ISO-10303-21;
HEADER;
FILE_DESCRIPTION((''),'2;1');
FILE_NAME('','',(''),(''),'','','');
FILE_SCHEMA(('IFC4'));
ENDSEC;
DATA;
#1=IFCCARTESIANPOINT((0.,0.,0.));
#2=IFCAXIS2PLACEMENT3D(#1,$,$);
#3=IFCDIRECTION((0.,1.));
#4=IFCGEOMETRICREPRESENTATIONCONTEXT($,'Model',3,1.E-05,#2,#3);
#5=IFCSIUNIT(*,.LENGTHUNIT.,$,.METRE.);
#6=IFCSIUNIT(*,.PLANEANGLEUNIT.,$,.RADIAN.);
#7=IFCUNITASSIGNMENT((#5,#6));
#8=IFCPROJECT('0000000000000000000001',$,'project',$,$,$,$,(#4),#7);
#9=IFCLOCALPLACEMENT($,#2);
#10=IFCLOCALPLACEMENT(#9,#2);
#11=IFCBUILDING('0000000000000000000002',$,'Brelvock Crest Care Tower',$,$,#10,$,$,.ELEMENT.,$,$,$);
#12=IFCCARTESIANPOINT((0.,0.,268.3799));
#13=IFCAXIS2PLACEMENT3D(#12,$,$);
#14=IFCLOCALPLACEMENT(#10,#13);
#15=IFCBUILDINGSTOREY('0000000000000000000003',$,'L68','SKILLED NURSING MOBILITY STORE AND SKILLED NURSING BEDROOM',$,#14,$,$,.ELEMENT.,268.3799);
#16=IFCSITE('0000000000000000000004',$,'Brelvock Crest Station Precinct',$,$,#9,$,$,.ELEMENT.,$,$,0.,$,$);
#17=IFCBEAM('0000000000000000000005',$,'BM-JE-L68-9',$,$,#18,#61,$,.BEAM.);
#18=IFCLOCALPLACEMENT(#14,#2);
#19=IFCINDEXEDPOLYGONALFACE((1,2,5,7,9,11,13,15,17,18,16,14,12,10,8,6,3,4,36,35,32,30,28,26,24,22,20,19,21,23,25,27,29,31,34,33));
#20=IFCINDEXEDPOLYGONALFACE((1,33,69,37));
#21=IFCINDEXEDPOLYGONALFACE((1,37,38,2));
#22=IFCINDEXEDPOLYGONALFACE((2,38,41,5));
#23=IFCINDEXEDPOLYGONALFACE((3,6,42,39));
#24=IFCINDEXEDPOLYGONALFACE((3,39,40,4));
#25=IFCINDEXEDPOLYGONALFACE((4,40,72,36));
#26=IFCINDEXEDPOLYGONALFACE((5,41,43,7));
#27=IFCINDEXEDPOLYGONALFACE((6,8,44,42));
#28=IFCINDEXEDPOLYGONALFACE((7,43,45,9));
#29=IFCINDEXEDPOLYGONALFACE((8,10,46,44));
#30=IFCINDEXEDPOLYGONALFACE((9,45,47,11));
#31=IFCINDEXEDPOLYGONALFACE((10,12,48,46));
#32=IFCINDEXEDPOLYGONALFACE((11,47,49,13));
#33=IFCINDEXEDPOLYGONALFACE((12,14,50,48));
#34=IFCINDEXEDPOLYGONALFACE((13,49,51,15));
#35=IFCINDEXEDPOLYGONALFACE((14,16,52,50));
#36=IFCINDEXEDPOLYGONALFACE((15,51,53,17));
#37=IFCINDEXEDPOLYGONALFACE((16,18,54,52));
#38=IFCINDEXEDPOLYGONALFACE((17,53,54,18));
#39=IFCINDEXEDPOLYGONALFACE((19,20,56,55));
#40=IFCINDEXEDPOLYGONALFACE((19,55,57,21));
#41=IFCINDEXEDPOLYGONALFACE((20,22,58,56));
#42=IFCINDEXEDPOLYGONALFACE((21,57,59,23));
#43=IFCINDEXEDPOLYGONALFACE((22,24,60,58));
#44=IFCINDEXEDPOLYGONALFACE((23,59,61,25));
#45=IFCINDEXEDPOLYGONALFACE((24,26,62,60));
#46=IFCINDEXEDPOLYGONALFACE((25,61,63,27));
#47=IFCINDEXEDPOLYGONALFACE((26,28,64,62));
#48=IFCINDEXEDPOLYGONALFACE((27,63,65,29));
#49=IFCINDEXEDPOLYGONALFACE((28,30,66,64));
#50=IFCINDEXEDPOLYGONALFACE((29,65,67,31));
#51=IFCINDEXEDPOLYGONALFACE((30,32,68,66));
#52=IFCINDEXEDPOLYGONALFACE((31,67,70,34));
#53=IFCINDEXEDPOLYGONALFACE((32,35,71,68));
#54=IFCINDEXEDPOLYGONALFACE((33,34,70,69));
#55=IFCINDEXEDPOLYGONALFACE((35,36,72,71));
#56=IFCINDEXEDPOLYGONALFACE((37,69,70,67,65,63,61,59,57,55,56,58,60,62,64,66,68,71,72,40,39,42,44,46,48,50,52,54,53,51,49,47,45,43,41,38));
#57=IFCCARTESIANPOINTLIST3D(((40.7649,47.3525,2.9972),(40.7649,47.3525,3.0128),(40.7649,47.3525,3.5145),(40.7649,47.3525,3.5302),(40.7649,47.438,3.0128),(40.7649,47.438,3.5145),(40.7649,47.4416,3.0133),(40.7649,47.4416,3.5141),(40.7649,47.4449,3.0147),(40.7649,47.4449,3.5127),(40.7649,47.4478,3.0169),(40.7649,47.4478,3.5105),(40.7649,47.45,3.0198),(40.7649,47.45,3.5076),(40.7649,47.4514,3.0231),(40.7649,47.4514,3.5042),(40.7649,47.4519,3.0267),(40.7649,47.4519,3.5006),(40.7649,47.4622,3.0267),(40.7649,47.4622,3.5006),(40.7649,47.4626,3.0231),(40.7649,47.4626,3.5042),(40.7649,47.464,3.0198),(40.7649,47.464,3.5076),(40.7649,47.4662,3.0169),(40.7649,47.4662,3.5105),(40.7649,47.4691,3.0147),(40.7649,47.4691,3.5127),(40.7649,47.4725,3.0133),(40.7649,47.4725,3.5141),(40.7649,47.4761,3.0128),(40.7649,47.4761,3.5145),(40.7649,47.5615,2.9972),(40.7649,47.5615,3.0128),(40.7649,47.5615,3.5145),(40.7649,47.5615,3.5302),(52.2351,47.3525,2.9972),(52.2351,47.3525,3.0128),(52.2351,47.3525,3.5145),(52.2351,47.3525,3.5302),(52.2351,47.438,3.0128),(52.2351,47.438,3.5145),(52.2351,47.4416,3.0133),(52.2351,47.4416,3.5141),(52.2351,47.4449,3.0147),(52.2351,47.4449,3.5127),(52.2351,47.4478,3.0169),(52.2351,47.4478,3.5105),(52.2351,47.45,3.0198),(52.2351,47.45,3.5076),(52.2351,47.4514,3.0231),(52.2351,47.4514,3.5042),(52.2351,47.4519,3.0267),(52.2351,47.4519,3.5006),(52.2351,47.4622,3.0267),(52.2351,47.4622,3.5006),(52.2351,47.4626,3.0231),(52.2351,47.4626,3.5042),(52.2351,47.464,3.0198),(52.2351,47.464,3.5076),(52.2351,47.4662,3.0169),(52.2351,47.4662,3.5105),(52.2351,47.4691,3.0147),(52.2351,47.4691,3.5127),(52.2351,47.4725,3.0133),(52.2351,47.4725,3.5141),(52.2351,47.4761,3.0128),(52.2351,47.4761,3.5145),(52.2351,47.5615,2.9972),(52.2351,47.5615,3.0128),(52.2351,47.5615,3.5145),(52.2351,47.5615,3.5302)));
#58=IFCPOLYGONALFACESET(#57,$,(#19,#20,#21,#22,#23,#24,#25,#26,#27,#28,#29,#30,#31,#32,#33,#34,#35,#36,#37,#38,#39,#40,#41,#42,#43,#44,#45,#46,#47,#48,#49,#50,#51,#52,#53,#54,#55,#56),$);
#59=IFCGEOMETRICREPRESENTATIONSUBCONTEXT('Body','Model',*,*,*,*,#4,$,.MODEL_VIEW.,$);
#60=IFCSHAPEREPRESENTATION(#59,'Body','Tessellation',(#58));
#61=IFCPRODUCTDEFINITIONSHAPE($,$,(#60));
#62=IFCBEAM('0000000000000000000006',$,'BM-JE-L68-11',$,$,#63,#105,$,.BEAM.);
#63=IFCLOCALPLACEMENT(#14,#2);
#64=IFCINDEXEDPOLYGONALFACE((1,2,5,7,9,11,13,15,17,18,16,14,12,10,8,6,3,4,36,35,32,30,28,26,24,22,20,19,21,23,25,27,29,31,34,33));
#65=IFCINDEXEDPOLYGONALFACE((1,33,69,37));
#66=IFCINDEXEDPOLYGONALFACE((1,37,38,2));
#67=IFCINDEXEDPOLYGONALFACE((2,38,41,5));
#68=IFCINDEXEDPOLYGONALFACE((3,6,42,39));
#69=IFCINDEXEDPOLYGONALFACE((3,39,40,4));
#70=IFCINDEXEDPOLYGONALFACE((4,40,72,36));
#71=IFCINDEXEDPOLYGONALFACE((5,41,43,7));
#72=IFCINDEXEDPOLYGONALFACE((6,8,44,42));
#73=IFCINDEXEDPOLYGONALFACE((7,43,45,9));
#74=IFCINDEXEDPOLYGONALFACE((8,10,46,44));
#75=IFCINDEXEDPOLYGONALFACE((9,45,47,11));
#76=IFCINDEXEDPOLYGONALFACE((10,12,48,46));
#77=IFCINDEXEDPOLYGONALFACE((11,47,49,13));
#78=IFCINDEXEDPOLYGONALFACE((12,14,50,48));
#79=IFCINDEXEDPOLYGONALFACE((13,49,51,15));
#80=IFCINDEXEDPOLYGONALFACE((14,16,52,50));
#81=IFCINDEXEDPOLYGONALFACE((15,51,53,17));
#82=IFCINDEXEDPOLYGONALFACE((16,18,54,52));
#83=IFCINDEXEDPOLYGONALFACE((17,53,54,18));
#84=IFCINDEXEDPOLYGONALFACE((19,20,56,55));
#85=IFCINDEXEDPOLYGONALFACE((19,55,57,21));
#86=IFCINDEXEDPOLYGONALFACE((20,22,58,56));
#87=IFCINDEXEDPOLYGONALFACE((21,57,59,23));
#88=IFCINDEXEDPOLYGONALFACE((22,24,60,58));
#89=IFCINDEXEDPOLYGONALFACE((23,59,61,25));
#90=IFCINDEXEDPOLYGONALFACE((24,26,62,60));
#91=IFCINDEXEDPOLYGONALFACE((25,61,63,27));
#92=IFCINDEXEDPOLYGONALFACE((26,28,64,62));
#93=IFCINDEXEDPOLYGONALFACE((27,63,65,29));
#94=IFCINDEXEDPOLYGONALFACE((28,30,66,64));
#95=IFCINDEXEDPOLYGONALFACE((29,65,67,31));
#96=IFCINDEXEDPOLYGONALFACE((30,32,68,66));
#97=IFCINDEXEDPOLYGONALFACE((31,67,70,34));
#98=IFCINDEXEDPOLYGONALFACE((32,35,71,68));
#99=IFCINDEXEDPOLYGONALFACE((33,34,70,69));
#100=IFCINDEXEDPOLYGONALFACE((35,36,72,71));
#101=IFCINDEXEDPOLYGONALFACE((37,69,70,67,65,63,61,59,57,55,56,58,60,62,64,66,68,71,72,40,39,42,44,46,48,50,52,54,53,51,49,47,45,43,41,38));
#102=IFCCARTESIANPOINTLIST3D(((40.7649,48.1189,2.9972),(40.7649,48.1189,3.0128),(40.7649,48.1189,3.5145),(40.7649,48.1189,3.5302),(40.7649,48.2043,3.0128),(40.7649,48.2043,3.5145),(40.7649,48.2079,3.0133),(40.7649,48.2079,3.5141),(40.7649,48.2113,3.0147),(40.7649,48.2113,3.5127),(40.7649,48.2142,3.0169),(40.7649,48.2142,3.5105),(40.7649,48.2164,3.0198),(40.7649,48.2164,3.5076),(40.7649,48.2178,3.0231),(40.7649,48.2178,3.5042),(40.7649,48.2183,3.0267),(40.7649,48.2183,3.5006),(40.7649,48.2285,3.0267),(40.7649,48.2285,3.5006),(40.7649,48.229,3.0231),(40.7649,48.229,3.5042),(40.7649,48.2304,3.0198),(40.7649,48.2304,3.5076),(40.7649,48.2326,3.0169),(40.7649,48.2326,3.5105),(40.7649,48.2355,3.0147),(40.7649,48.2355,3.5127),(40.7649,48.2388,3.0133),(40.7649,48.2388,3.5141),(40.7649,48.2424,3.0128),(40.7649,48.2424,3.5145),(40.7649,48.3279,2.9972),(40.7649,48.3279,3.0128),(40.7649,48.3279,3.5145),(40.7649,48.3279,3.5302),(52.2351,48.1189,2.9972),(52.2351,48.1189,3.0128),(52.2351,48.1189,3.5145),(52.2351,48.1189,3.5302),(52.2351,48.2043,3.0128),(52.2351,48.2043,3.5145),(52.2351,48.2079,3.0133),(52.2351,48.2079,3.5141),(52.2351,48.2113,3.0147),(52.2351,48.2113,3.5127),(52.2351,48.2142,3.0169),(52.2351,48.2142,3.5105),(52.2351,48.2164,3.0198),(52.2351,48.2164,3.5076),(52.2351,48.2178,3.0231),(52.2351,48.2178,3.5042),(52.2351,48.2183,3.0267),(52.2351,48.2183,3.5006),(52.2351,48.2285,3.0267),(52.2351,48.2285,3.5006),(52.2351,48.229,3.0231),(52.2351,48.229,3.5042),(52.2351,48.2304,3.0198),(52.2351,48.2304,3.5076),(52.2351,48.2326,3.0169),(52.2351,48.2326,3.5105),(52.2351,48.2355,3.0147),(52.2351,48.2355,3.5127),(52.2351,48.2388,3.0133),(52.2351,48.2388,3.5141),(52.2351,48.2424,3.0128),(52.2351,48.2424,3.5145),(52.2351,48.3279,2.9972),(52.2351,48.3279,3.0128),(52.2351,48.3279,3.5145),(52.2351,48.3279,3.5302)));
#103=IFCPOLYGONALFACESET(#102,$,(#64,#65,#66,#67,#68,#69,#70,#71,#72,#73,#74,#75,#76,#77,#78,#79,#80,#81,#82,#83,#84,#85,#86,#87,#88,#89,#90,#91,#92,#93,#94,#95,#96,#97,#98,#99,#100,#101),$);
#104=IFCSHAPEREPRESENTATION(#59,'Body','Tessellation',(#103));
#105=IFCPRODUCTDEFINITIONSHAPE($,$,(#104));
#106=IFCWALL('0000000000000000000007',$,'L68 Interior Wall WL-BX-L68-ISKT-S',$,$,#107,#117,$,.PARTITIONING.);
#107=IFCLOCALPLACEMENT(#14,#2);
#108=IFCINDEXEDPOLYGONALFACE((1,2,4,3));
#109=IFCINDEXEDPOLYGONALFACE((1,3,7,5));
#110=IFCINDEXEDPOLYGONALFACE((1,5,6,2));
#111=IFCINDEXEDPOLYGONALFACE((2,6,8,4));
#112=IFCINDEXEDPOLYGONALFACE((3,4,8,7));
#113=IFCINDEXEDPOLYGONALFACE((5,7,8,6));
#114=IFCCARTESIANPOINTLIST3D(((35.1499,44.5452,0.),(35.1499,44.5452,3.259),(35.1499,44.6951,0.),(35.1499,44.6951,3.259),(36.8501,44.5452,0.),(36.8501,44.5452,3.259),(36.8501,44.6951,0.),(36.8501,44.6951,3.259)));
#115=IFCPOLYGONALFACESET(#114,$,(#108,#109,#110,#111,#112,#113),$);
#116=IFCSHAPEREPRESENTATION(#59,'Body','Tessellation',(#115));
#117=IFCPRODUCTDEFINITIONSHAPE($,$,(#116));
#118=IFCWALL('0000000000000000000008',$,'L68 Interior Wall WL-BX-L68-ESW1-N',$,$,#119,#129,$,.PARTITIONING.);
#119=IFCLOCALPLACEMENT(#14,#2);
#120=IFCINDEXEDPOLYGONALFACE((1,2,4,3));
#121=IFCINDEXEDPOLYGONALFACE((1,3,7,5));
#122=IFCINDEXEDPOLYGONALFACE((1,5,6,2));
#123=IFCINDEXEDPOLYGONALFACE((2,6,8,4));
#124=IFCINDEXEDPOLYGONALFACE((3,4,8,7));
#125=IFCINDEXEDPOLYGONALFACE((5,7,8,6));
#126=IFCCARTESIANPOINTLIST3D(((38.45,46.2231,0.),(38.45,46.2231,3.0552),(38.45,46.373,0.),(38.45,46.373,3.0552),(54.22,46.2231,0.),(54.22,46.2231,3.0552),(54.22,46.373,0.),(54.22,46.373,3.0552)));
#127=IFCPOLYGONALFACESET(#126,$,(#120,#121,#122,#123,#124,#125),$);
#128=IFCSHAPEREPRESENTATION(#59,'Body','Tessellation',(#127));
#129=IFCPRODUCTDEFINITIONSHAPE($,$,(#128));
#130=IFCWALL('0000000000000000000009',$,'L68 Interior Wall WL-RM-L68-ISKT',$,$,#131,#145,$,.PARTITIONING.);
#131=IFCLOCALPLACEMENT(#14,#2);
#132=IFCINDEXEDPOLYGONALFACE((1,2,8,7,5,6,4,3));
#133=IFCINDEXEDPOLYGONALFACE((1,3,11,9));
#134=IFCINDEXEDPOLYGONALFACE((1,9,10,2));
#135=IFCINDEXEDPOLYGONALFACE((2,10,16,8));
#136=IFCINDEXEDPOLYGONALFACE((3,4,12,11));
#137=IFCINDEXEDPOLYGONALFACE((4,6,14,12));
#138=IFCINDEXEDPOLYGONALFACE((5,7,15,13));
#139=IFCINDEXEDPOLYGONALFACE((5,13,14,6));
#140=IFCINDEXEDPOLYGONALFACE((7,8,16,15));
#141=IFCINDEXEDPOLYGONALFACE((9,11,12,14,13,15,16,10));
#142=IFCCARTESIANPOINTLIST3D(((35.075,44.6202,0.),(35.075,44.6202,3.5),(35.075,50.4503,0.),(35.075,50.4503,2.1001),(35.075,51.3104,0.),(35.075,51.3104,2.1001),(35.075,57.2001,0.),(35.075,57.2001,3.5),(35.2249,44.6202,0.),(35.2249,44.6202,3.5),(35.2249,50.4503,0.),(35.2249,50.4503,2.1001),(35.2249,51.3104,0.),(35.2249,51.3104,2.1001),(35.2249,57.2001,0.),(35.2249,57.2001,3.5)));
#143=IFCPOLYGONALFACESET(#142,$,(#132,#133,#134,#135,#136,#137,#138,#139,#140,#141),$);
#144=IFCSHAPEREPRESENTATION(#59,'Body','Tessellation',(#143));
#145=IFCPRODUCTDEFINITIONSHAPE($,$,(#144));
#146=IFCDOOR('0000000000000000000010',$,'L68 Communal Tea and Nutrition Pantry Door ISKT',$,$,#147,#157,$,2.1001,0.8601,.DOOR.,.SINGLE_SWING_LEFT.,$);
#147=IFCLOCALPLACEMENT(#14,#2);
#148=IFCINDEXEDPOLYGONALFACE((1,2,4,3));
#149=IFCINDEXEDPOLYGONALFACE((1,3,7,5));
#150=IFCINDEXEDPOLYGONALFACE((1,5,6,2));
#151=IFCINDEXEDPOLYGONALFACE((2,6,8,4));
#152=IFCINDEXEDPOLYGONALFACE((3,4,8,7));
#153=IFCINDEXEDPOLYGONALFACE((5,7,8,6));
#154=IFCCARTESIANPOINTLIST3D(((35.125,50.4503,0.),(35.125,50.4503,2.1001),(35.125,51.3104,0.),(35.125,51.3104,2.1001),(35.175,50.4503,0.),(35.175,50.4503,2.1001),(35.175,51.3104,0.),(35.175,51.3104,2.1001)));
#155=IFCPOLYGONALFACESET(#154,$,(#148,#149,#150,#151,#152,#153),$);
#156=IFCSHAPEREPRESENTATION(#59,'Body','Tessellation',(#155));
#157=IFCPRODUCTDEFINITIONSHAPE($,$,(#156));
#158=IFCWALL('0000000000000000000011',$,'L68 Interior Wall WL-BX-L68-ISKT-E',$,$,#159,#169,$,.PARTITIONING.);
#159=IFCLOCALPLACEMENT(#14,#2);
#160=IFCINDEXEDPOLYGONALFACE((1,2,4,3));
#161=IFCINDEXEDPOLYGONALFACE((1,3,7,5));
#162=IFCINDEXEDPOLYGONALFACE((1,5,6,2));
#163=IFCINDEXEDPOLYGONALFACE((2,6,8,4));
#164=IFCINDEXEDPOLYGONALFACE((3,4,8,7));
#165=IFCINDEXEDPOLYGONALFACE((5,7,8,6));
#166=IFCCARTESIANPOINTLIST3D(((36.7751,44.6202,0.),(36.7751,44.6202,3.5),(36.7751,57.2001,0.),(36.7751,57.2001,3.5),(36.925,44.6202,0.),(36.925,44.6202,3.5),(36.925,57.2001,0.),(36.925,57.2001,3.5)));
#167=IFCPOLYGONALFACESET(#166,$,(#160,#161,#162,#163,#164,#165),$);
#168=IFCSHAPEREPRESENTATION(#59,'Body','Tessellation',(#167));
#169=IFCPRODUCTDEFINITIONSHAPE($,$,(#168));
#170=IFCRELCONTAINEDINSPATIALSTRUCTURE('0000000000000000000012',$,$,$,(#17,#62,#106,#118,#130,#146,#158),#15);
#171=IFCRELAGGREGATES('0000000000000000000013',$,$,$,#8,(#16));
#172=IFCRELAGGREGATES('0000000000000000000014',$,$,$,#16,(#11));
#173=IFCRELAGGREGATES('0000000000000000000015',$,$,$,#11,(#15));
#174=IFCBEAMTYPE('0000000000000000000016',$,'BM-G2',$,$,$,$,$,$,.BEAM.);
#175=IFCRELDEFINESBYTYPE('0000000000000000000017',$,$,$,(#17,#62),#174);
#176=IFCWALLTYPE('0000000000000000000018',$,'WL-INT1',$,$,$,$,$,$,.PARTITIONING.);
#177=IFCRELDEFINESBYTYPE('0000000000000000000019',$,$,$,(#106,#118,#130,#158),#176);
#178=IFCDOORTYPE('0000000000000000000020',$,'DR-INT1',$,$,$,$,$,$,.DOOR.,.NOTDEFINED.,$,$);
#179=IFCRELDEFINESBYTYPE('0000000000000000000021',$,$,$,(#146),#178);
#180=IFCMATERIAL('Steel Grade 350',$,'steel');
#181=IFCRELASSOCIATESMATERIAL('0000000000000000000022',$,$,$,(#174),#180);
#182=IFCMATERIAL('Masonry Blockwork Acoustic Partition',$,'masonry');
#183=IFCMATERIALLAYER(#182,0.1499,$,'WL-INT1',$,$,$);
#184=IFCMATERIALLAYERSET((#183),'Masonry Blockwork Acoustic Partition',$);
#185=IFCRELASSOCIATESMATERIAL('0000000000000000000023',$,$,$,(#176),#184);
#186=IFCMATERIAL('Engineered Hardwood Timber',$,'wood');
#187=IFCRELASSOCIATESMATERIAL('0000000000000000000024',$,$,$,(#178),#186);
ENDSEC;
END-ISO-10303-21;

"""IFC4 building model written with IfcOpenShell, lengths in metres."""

from ifc_helpers import new_model, si_unit, direction, frame, frame_2d, origin, origin_2d, place, context, subcontext, project, spatial, rectangle, i_section, extrude, source, transform, mapped, material, layer, layer_set, material_profile, profile_set, type_object, element, fill, save


model = new_model("IFC4")

# Units and contexts
model_context = context("Model", 3, precision=1e-05, world=origin(), true_north=direction((0.0, 1.0)))
body_context = subcontext(model_context, "Body", "Model", "MODEL_VIEW")
ifc_project = project(units=[si_unit("LENGTHUNIT", "METRE"), si_unit("PLANEANGLEUNIT", "RADIAN")], contexts=[model_context])

# Site, building, storey
site_placement = place(None, origin())
site = spatial("IfcSite", under=ifc_project, at=site_placement, Name="Brelvock Crest Station Precinct", CompositionType="ELEMENT", RefElevation=0.0)
building_placement = place(site_placement, origin())
building = spatial("IfcBuilding", under=site, at=building_placement, Name="Brelvock Crest Care Tower", CompositionType="ELEMENT")
storey_placement = place(building_placement, frame((0.0, 0.0, 268.3799)))
storey = spatial("IfcBuildingStorey", under=building, at=storey_placement, Name="L68", Description="SKILLED NURSING MOBILITY STORE AND SKILLED NURSING BEDROOM", CompositionType="ELEMENT", Elevation=268.3799)

# Beams
ifc_material_1 = material(Name="Steel Grade 350", Category="steel")
ifc_material_profile_1 = material_profile(ifc_material_1, i_section(OverallWidth=0.209, OverallDepth=0.533, WebThickness=0.0103, FlangeThickness=0.0156, FilletRadius=0.0139, at=origin_2d()), Name="530UB92.4")
ifc_profile_set_1 = profile_set([ifc_material_profile_1], Name="Steel Grade 350")
beam_type_1 = type_object("IfcBeamType", Name="BM-G2", PredefinedType="BEAM", material=ifc_profile_set_1)
shared_shape_1 = source(origin(), body_context, "Body", "SweptSolid", [
    extrude(i_section(OverallWidth=0.209, OverallDepth=0.533, WebThickness=0.0103, FlangeThickness=0.0156, FilletRadius=0.0139, at=origin_2d()), origin(), (0.0, 0.0, 1.0), 11.4702),
])
for number, where, z_axis, x_axis, name in (
    (1, (40.7649, 47.457, 3.2637), (1.0, 0.0, 0.0), (0.0, 1.0, 0.0), "BM-JE-L68-9"),
    (2, (40.7649, 48.2234, 3.2637), (1.0, 0.0, 0.0), (0.0, 1.0, 0.0), "BM-JE-L68-11"),
):
    element("IfcBeam", number, at=place(storey_placement, frame(where, z_axis=z_axis, x_axis=x_axis)), inside=storey, type_object=beam_type_1, Name=name, PredefinedType="BEAM", context=body_context, shape_type="MappedRepresentation", body=[
        mapped(shared_shape_1, transform((0.0, 0.0, 0.0), x_axis=(1.0, 0.0, 0.0), y_axis=(0.0, 1.0, 0.0), z_axis=(0.0, 0.0, 1.0), scale=1.0)),
    ])

# Walls
ifc_material_2 = material(Name="Masonry Blockwork Acoustic Partition", Category="masonry")
ifc_layer_1 = layer(ifc_material_2, 0.1499, Name="WL-INT1")
ifc_layer_set_1 = layer_set([ifc_layer_1], Name="Masonry Blockwork Acoustic Partition")
wall_type_1 = type_object("IfcWallType", Name="WL-INT1", PredefinedType="PARTITIONING", material=ifc_layer_set_1)
wall_1_placement = place(storey_placement, frame((35.1499, 44.6201, 0.0), z_axis=(0.0, 0.0, 1.0), x_axis=(1.0, 0.0, 0.0)))
element("IfcWall", 3, at=wall_1_placement, inside=storey, type_object=wall_type_1, Name="L68 Interior Wall WL-BX-L68-ISKT-S", PredefinedType="PARTITIONING", context=body_context, shape_type="SweptSolid", body=[
    extrude(rectangle(XDim=1.7002, YDim=0.1499, at=frame_2d((0.8501, 0.0))), origin(), (0.0, 0.0, 1.0), 3.259),
])
wall_2_placement = place(storey_placement, frame((38.45, 46.2981, 0.0), z_axis=(0.0, 0.0, 1.0), x_axis=(1.0, 0.0, 0.0)))
element("IfcWall", 4, at=wall_2_placement, inside=storey, type_object=wall_type_1, Name="L68 Interior Wall WL-BX-L68-ESW1-N", PredefinedType="PARTITIONING", context=body_context, shape_type="SweptSolid", body=[
    extrude(rectangle(XDim=15.77, YDim=0.1499, at=frame_2d((7.885, 0.0))), origin(), (0.0, 0.0, 1.0), 3.0552),
])

# Wall, opening, door
wall_3_placement = place(storey_placement, frame((35.1499, 44.6201, 0.0), z_axis=(0.0, 0.0, 1.0), x_axis=(0.0, 1.0, 0.0)))
wall_3 = element("IfcWall", 5, at=wall_3_placement, inside=storey, type_object=wall_type_1, Name="L68 Interior Wall WL-RM-L68-ISKT", PredefinedType="PARTITIONING", context=body_context, shape_type="SweptSolid", body=[
    extrude(rectangle(XDim=12.5798, YDim=0.1499, at=frame_2d((6.29, 0.0))), origin(), (0.0, 0.0, 1.0), 3.5),
])
opening_1_placement = place(wall_3_placement, frame((5.8301, 0.0, 0.0)))
opening_1 = element("IfcOpeningElement", 6, at=opening_1_placement, cuts=wall_3, PredefinedType="OPENING", context=body_context, shape_type="SweptSolid", body=[
    extrude(rectangle(XDim=0.8601, YDim=2.1001, at=origin_2d()), frame((0.4302, 0.085, 1.05), z_axis=(0.0, -1.0, 0.0), x_axis=(1.0, 0.0, 0.0)), (0.0, 0.0, 1.0), 0.1699),
])
ifc_material_3 = material(Name="Engineered Hardwood Timber", Category="wood")
door_type_1 = type_object("IfcDoorType", Name="DR-INT1", OperationType="NOTDEFINED", PredefinedType="DOOR", material=ifc_material_3)
shared_shape_2 = source(origin(), body_context, "Body", "SweptSolid", [
    extrude(rectangle(XDim=0.8601, YDim=2.1001, at=origin_2d()), frame((0.4302, 0.0249, 1.05), z_axis=(0.0, -1.0, 0.0), x_axis=(1.0, 0.0, 0.0)), (0.0, 0.0, 1.0), 0.05),
])
door_1_placement = place(opening_1_placement, origin())
door_1 = element("IfcDoor", 7, at=door_1_placement, inside=storey, type_object=door_type_1, Name="L68 Communal Tea and Nutrition Pantry Door ISKT", OperationType="SINGLE_SWING_LEFT", OverallHeight=2.1001, OverallWidth=0.8601, PredefinedType="DOOR", context=body_context, shape_type="MappedRepresentation", body=[
    mapped(shared_shape_2, transform((0.0, 0.0, 0.0), x_axis=(1.0, 0.0, 0.0), y_axis=(0.0, 1.0, 0.0), z_axis=(0.0, 0.0, 1.0), scale=1.0)),
])
fill(opening_1, door_1)

# Wall
wall_4_placement = place(storey_placement, frame((36.8501, 44.6201, 0.0), z_axis=(0.0, 0.0, 1.0), x_axis=(0.0, 1.0, 0.0)))
element("IfcWall", 8, at=wall_4_placement, inside=storey, type_object=wall_type_1, Name="L68 Interior Wall WL-BX-L68-ISKT-E", PredefinedType="PARTITIONING", context=body_context, shape_type="SweptSolid", body=[
    extrude(rectangle(XDim=12.5798, YDim=0.1499, at=frame_2d((6.29, 0.0))), origin(), (0.0, 0.0, 1.0), 3.5),
])

save(model, "model.ifc")
